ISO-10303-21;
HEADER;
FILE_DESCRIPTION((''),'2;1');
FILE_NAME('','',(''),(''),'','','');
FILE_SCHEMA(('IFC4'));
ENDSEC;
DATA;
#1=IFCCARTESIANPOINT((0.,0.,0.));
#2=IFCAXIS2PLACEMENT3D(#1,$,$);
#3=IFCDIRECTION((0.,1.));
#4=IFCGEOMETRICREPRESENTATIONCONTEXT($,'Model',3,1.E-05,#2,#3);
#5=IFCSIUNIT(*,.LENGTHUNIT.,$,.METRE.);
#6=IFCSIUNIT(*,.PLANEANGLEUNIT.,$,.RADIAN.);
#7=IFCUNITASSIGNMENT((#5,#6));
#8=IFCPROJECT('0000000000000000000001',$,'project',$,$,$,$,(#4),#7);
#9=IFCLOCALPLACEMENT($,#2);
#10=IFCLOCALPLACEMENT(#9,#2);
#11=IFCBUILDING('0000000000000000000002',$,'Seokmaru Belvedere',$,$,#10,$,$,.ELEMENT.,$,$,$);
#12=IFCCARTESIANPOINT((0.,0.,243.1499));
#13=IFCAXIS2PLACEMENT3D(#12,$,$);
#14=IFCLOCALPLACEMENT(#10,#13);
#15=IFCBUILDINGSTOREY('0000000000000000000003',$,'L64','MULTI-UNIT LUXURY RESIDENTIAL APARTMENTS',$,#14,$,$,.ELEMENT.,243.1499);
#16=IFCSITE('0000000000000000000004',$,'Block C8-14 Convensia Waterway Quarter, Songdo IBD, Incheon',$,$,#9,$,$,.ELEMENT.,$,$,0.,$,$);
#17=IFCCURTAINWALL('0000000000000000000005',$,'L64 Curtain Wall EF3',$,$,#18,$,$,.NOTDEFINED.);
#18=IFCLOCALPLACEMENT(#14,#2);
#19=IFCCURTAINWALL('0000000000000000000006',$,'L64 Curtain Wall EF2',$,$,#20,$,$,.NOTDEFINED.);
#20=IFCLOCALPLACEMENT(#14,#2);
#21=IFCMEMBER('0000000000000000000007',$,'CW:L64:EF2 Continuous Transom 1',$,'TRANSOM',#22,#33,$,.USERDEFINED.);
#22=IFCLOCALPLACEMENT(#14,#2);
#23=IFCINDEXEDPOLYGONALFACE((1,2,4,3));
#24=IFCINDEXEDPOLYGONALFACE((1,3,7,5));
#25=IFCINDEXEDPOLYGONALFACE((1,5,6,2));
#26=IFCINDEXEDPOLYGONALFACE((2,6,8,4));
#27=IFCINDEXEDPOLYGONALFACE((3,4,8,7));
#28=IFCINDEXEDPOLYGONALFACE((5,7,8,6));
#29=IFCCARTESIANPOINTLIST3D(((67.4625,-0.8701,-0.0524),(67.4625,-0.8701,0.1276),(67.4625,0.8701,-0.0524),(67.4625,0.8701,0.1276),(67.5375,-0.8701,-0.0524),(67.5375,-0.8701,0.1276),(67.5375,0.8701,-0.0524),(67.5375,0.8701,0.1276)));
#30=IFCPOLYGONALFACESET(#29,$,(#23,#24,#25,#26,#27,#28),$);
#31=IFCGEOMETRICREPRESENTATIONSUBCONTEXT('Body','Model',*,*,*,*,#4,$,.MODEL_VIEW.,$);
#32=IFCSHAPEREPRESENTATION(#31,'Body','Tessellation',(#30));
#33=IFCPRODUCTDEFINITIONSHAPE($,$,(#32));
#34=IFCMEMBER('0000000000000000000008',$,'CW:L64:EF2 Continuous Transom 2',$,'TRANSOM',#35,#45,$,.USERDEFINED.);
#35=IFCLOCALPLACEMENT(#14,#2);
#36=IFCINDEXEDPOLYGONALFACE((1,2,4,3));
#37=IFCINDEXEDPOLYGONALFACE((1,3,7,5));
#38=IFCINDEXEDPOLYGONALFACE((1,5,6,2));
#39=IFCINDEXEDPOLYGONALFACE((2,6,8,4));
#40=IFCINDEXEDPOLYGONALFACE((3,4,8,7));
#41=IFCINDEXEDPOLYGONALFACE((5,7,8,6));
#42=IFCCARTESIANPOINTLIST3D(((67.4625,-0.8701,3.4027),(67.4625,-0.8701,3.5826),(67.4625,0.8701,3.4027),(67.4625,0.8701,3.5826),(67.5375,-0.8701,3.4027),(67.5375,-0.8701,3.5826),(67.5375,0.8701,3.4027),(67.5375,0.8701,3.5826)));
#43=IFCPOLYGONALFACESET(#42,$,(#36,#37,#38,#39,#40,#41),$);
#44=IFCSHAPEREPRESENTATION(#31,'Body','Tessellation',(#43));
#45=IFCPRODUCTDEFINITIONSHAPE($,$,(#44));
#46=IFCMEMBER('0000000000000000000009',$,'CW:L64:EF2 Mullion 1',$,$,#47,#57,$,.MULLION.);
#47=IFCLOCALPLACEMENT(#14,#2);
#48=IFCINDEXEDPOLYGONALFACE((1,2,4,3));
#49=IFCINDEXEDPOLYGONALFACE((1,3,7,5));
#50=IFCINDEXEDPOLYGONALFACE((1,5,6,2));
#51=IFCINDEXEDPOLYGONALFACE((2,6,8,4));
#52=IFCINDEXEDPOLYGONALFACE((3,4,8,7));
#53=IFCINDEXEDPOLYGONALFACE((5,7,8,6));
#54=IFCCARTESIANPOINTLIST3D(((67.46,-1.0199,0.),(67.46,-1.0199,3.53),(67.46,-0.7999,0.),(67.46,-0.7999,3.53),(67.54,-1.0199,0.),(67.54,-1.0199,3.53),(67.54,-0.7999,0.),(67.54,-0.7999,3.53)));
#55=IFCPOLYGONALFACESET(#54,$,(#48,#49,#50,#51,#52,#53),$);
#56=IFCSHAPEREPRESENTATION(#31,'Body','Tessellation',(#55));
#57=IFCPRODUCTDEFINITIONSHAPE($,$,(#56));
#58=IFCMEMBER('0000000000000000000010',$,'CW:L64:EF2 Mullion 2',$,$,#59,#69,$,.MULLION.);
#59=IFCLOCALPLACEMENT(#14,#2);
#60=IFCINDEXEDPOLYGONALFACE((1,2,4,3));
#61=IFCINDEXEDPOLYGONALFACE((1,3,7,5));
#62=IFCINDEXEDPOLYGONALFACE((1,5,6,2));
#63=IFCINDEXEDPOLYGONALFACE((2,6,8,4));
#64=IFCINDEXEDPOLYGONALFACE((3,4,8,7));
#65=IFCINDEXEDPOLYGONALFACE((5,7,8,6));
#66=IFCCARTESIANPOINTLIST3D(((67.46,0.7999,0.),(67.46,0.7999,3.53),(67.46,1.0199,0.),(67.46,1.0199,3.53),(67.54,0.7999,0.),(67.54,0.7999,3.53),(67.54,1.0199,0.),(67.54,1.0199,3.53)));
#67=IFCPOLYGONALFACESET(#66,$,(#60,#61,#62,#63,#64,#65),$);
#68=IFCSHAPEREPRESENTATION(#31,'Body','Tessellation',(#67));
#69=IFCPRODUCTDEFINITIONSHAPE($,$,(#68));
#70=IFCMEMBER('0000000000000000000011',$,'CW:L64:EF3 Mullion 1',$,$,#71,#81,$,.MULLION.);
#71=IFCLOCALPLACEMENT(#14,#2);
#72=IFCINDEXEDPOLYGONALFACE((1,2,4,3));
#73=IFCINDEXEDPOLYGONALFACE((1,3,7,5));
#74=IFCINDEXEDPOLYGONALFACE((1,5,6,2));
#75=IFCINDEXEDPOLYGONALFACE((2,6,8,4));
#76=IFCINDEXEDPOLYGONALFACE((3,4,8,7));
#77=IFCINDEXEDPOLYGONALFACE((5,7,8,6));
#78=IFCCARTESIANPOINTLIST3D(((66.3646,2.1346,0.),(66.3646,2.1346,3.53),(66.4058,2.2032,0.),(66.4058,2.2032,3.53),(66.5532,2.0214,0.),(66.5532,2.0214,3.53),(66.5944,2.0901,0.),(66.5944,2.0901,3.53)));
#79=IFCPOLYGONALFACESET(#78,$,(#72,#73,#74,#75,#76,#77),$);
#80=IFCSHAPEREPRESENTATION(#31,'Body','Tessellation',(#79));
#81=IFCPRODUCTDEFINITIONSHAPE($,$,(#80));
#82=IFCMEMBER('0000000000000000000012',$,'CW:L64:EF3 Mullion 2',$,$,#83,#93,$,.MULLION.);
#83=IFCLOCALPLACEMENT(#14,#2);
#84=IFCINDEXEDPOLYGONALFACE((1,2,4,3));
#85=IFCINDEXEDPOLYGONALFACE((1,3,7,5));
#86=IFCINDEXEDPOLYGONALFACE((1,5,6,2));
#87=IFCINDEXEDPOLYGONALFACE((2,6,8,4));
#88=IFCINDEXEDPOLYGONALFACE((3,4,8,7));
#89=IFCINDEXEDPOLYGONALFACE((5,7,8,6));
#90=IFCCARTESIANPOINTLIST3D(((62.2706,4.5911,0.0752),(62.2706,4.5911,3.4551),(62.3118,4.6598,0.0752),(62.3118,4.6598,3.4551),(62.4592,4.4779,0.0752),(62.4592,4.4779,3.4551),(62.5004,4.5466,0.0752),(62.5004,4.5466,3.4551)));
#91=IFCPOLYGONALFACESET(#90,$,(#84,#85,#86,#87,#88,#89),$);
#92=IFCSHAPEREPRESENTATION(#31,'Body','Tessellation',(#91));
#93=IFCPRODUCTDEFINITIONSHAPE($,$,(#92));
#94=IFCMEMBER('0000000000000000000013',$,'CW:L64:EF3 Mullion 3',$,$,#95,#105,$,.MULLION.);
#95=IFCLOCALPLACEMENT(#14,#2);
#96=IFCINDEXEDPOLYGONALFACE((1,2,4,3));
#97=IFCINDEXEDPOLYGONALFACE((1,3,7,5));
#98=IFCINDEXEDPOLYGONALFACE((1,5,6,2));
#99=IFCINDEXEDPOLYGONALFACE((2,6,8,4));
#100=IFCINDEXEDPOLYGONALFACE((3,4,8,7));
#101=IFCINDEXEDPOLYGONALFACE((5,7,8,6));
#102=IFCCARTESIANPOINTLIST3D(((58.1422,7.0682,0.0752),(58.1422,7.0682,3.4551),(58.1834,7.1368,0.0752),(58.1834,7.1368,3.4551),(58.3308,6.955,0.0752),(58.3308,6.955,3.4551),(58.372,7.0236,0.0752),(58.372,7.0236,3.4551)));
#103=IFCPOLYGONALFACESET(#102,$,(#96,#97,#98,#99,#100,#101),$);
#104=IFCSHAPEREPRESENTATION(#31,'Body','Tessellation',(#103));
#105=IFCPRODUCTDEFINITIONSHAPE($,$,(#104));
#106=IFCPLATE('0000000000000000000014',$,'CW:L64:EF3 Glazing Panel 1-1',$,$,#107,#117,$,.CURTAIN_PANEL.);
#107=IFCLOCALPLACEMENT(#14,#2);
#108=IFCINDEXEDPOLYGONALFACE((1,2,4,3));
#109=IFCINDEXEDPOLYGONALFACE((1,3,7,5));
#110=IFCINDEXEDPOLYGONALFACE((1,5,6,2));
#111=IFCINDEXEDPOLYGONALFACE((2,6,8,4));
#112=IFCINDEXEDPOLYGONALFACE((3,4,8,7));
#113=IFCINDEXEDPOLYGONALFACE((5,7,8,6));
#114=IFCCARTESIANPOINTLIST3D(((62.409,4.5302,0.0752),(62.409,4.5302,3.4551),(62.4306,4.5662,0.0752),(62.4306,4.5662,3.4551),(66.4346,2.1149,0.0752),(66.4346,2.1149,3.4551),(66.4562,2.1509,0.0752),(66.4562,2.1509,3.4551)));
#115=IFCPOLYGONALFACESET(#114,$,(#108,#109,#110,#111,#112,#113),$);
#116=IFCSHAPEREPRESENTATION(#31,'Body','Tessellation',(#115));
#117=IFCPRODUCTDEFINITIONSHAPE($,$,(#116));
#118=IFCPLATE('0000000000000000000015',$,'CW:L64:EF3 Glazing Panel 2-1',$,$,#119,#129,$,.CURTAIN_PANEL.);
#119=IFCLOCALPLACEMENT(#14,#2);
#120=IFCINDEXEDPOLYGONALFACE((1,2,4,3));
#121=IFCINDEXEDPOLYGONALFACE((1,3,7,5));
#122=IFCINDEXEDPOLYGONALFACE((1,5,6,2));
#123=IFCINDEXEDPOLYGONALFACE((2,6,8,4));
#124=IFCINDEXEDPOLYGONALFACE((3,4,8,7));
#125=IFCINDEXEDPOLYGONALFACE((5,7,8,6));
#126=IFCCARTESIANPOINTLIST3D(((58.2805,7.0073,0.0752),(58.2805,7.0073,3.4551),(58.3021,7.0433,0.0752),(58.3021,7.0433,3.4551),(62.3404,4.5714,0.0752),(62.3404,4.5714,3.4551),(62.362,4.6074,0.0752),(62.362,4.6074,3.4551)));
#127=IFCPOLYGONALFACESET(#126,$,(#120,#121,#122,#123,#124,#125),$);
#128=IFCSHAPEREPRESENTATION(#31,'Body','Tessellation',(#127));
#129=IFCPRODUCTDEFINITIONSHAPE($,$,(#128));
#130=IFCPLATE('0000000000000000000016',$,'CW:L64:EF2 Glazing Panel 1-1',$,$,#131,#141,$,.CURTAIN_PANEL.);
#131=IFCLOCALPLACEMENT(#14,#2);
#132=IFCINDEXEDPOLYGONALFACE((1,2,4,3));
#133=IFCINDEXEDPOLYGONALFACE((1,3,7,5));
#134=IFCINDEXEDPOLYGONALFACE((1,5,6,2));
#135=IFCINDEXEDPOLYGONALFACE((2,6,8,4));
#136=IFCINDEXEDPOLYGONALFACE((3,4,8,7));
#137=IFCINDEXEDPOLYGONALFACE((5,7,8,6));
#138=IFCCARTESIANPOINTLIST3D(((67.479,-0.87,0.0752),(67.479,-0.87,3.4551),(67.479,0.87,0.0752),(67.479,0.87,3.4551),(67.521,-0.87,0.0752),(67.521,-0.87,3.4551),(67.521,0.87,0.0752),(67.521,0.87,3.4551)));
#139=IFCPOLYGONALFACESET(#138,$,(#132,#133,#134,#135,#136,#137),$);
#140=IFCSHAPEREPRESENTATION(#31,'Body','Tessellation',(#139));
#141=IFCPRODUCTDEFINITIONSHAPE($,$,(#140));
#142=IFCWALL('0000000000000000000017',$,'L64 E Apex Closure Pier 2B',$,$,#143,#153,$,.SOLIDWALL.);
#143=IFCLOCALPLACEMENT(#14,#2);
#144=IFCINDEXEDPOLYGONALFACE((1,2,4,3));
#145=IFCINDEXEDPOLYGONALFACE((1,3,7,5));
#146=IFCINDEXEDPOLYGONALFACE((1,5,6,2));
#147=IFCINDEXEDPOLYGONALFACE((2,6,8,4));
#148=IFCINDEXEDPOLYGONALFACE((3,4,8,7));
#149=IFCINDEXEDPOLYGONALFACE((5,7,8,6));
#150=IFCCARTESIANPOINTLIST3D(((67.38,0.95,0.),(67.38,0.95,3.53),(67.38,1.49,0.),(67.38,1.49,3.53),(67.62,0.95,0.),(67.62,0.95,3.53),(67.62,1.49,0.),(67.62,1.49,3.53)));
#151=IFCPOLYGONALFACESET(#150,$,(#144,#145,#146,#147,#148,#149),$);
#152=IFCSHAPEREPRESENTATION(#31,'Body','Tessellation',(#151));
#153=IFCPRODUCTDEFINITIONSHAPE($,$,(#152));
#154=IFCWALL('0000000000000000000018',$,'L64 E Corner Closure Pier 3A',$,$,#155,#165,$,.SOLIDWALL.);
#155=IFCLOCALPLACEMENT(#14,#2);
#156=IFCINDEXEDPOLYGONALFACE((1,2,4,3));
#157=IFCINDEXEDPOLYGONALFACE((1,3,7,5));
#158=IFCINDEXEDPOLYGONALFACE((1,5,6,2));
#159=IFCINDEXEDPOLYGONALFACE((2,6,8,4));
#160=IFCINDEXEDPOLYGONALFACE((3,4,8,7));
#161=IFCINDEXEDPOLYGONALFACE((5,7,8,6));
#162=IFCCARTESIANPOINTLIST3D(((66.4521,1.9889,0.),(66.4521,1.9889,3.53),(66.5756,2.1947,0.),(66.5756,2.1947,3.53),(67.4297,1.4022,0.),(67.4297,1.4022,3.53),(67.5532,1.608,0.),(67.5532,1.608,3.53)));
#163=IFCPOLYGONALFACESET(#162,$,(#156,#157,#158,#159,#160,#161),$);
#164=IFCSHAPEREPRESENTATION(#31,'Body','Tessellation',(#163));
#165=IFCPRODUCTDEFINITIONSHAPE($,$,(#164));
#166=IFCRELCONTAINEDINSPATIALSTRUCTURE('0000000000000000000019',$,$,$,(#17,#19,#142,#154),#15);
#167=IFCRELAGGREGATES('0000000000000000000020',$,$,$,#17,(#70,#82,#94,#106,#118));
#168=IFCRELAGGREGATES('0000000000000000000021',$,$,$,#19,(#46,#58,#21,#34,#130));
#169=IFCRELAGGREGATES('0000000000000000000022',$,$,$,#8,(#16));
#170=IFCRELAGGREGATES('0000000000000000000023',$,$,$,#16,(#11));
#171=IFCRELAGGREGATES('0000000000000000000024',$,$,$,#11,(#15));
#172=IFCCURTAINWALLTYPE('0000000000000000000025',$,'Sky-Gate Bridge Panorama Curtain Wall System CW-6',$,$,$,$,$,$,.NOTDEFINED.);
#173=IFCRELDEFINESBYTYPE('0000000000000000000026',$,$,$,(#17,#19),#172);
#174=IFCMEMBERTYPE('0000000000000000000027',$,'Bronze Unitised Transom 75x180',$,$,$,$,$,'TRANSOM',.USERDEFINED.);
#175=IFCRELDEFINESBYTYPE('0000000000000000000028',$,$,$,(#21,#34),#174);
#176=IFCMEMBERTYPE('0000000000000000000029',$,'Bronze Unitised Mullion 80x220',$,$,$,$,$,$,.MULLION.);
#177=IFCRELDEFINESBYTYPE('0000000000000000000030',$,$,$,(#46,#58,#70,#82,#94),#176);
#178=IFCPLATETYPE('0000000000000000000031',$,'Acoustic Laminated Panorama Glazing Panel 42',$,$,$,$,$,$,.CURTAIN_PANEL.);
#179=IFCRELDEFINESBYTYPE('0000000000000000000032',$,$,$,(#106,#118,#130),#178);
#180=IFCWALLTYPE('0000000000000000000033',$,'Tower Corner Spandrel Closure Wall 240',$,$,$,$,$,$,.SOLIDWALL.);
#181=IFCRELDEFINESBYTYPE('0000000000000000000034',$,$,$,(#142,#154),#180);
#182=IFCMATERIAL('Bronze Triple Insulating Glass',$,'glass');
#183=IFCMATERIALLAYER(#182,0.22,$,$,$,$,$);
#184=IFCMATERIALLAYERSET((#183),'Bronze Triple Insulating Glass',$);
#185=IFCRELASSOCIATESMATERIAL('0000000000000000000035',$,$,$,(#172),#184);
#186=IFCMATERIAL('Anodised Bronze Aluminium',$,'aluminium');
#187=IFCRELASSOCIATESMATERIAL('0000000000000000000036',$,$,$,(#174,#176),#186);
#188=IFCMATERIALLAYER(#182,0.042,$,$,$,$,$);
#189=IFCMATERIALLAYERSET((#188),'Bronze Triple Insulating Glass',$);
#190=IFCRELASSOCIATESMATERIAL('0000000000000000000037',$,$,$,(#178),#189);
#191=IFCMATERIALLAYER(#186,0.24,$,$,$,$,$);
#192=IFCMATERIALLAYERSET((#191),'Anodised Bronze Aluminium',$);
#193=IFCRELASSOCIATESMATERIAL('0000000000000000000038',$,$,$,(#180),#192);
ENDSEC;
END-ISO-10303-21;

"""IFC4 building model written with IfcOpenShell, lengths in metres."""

from ifc_helpers import new_model, si_unit, direction, frame, frame_2d, origin, origin_2d, place, context, subcontext, project, spatial, rectangle, extrude, source, transform, mapped, material, layer, layer_set, material_profile, profile_set, type_object, type_shapes, element, aggregate, save


model = new_model("IFC4")

# Units and contexts
model_context = context("Model", 3, precision=1e-05, world=origin(), true_north=direction((0.0, 1.0)))
body_context = subcontext(model_context, "Body", "Model", "MODEL_VIEW")
ifc_project = project(units=[si_unit("LENGTHUNIT", "METRE"), si_unit("PLANEANGLEUNIT", "RADIAN")], contexts=[model_context])

# Site, building, storey
site_placement = place(None, origin())
site = spatial("IfcSite", under=ifc_project, at=site_placement, Name="Block C8-14 Convensia Waterway Quarter, Songdo IBD, Incheon", CompositionType="ELEMENT", RefElevation=0.0)
building_placement = place(site_placement, origin())
building = spatial("IfcBuilding", under=site, at=building_placement, Name="Seokmaru Belvedere", CompositionType="ELEMENT")
storey_placement = place(building_placement, frame((0.0, 0.0, 243.1499)))
storey = spatial("IfcBuildingStorey", under=building, at=storey_placement, Name="L64", Description="MULTI-UNIT LUXURY RESIDENTIAL APARTMENTS", CompositionType="ELEMENT", Elevation=243.1499)

# Curtain walls, members
ifc_material_1 = material(Name="Bronze Triple Insulating Glass", Category="glass")
ifc_layer_1 = layer(ifc_material_1, 0.22)
ifc_layer_set_1 = layer_set([ifc_layer_1], Name="Bronze Triple Insulating Glass")
curtain_wall_type = type_object("IfcCurtainWallType", Name="Sky-Gate Bridge Panorama Curtain Wall System CW-6", PredefinedType="NOTDEFINED", material=ifc_layer_set_1)
curtain_wall_1_placement = place(storey_placement, origin())
curtain_wall_1 = element("IfcCurtainWall", 1, at=curtain_wall_1_placement, inside=storey, type_object=curtain_wall_type, Name="L64 Curtain Wall EF3", PredefinedType="NOTDEFINED")
ifc_material_2 = material(Name="Anodised Bronze Aluminium", Category="aluminium")
ifc_material_profile_1 = material_profile(ifc_material_2, rectangle(XDim=0.075, YDim=0.1799, at=origin_2d()), Name="CW-T-75x180")
ifc_profile_set_1 = profile_set([ifc_material_profile_1], Name="Anodised Bronze Aluminium")
member_type_1 = type_object("IfcMemberType", Name="Bronze Unitised Transom 75x180", ElementType="TRANSOM", PredefinedType="USERDEFINED", material=ifc_profile_set_1)
curtain_wall_2_placement = place(storey_placement, origin())
curtain_wall_2 = element("IfcCurtainWall", 2, at=curtain_wall_2_placement, inside=storey, type_object=curtain_wall_type, Name="L64 Curtain Wall EF2", PredefinedType="NOTDEFINED")
shared_shape_1 = source(origin(), body_context, "Body", "SweptSolid", [
    extrude(rectangle(XDim=0.075, YDim=0.1799, at=origin_2d()), origin(), (0.0, 0.0, 1.0), 1.7402),
])
member_1_placement = place(storey_placement, frame((67.5, -0.8701, 0.0376), z_axis=(0.0, 1.0, 0.0), x_axis=(-1.0, 0.0, 0.0)))
member_1 = element("IfcMember", 3, at=member_1_placement, type_object=member_type_1, Name="CW:L64:EF2 Continuous Transom 1", ObjectType="TRANSOM", PredefinedType="USERDEFINED", context=body_context, shape_type="MappedRepresentation", body=[
    mapped(shared_shape_1, transform((0.0, 0.0, 0.0), scale=1.0)),
])
member_2_placement = place(storey_placement, frame((67.5, -0.8701, 3.4927), z_axis=(0.0, 1.0, 0.0), x_axis=(-1.0, 0.0, 0.0)))
member_2 = element("IfcMember", 4, at=member_2_placement, type_object=member_type_1, Name="CW:L64:EF2 Continuous Transom 2", ObjectType="TRANSOM", PredefinedType="USERDEFINED", context=body_context, shape_type="MappedRepresentation", body=[
    mapped(shared_shape_1, transform((0.0, 0.0, 0.0), scale=1.0)),
])
ifc_material_profile_2 = material_profile(ifc_material_2, rectangle(XDim=0.0801, YDim=0.22, at=origin_2d()), Name="CW-M-80x220")
ifc_profile_set_2 = profile_set([ifc_material_profile_2], Name="Anodised Bronze Aluminium")
member_type_2 = type_object("IfcMemberType", Name="Bronze Unitised Mullion 80x220", PredefinedType="MULLION", material=ifc_profile_set_2)
shared_shape_2 = source(origin(), body_context, "Body", "SweptSolid", [
    extrude(rectangle(XDim=0.0801, YDim=0.22, at=origin_2d()), origin(), (0.0, 0.0, 1.0), 3.53),
])
member_3_placement = place(storey_placement, frame((67.5, -0.9099, 0.0), z_axis=(0.0, 0.0, 1.0), x_axis=(-1.0, 0.0, 0.0)))
member_3 = element("IfcMember", 5, at=member_3_placement, type_object=member_type_2, Name="CW:L64:EF2 Mullion 1", PredefinedType="MULLION", context=body_context, shape_type="MappedRepresentation", body=[
    mapped(shared_shape_2, transform((0.0, 0.0, 0.0), scale=1.0)),
])
member_4_placement = place(storey_placement, frame((67.5, 0.9099, 0.0), z_axis=(0.0, 0.0, 1.0), x_axis=(-1.0, 0.0, 0.0)))
member_4 = element("IfcMember", 6, at=member_4_placement, type_object=member_type_2, Name="CW:L64:EF2 Mullion 2", PredefinedType="MULLION", context=body_context, shape_type="MappedRepresentation", body=[
    mapped(shared_shape_2, transform((0.0, 0.0, 0.0), scale=1.0)),
])

# Members
member_5_placement = place(storey_placement, frame((66.4795, 2.1123, 0.0), z_axis=(0.0, 0.0, 1.0), x_axis=(-0.514495, -0.857493, 0.0)))
member_5 = element("IfcMember", 7, at=member_5_placement, type_object=member_type_2, Name="CW:L64:EF3 Mullion 1", PredefinedType="MULLION", context=body_context, shape_type="MappedRepresentation", body=[
    mapped(shared_shape_2, transform((0.0, 0.0, 0.0), scale=1.0)),
])
shared_shape_3 = source(origin(), body_context, "Body", "SweptSolid", [
    extrude(rectangle(XDim=0.0801, YDim=0.22, at=origin_2d()), origin(), (0.0, 0.0, 1.0), 3.3799),
])
type_shapes(member_type_2, [shared_shape_2, shared_shape_3])
member_6_placement = place(storey_placement, frame((62.3855, 4.5688, 0.0752), z_axis=(0.0, 0.0, 1.0), x_axis=(-0.514495, -0.857493, 0.0)))
member_6 = element("IfcMember", 8, at=member_6_placement, type_object=member_type_2, Name="CW:L64:EF3 Mullion 2", PredefinedType="MULLION", context=body_context, shape_type="MappedRepresentation", body=[
    mapped(shared_shape_3, transform((0.0, 0.0, 0.0), scale=1.0)),
])
member_7_placement = place(storey_placement, frame((58.2571, 7.0459, 0.0752), z_axis=(0.0, 0.0, 1.0), x_axis=(-0.514495, -0.857493, 0.0)))
member_7 = element("IfcMember", 9, at=member_7_placement, type_object=member_type_2, Name="CW:L64:EF3 Mullion 3", PredefinedType="MULLION", context=body_context, shape_type="MappedRepresentation", body=[
    mapped(shared_shape_3, transform((0.0, 0.0, 0.0), scale=1.0)),
])

# Plates
ifc_layer_2 = layer(ifc_material_1, 0.042)
ifc_layer_set_2 = layer_set([ifc_layer_2], Name="Bronze Triple Insulating Glass")
plate_type = type_object("IfcPlateType", Name="Acoustic Laminated Panorama Glazing Panel 42", PredefinedType="CURTAIN_PANEL", material=ifc_layer_set_2)
shared_shape_4 = source(origin(), body_context, "Body", "SweptSolid", [
    extrude(rectangle(XDim=4.6946, YDim=0.042, at=origin_2d()), origin(), (0.0, 0.0, 1.0), 3.3799),
])
plate_1_placement = place(storey_placement, frame((64.4326, 3.3406, 0.0752), z_axis=(0.0, 0.0, 1.0), x_axis=(-0.857493, 0.514495, 0.0)))
plate_1 = element("IfcPlate", 10, at=plate_1_placement, type_object=plate_type, Name="CW:L64:EF3 Glazing Panel 1-1", PredefinedType="CURTAIN_PANEL", context=body_context, shape_type="MappedRepresentation", body=[
    mapped(shared_shape_4, transform((0.0, 0.0, 0.0), scale=1.0)),
])
shared_shape_5 = source(origin(), body_context, "Body", "SweptSolid", [
    extrude(rectangle(XDim=4.7346, YDim=0.042, at=origin_2d()), origin(), (0.0, 0.0, 1.0), 3.3799),
])
plate_2_placement = place(storey_placement, frame((60.3213, 5.8074, 0.0752), z_axis=(0.0, 0.0, 1.0), x_axis=(-0.857493, 0.514495, 0.0)))
plate_2 = element("IfcPlate", 11, at=plate_2_placement, type_object=plate_type, Name="CW:L64:EF3 Glazing Panel 2-1", PredefinedType="CURTAIN_PANEL", context=body_context, shape_type="MappedRepresentation", body=[
    mapped(shared_shape_5, transform((0.0, 0.0, 0.0), scale=1.0)),
])
aggregate(curtain_wall_1, [member_5, member_6, member_7, plate_1, plate_2])
shared_shape_6 = source(origin(), body_context, "Body", "SweptSolid", [
    extrude(rectangle(XDim=1.74, YDim=0.042, at=origin_2d()), origin(), (0.0, 0.0, 1.0), 3.3799),
])
type_shapes(plate_type, [shared_shape_4, shared_shape_5, shared_shape_6])
plate_3_placement = place(storey_placement, frame((67.5, 0.0, 0.0752), z_axis=(0.0, 0.0, 1.0), x_axis=(0.0, 1.0, 0.0)))
plate_3 = element("IfcPlate", 12, at=plate_3_placement, type_object=plate_type, Name="CW:L64:EF2 Glazing Panel 1-1", PredefinedType="CURTAIN_PANEL", context=body_context, shape_type="MappedRepresentation", body=[
    mapped(shared_shape_6, transform((0.0, 0.0, 0.0), scale=1.0)),
])
aggregate(curtain_wall_2, [member_3, member_4, member_1, member_2, plate_3])

# Walls
ifc_layer_3 = layer(ifc_material_2, 0.24)
ifc_layer_set_3 = layer_set([ifc_layer_3], Name="Anodised Bronze Aluminium")
wall_type = type_object("IfcWallType", Name="Tower Corner Spandrel Closure Wall 240", PredefinedType="SOLIDWALL", material=ifc_layer_set_3)
wall_1_placement = place(storey_placement, frame((67.5, 0.95, 0.0), z_axis=(0.0, 0.0, 1.0), x_axis=(0.0, 1.0, 0.0)))
element("IfcWall", 13, at=wall_1_placement, inside=storey, type_object=wall_type, Name="L64 E Apex Closure Pier 2B", PredefinedType="SOLIDWALL", context=body_context, shape_type="SweptSolid", body=[
    extrude(rectangle(XDim=0.54, YDim=0.24, at=frame_2d((0.27, 0.0))), origin(), (0.0, 0.0, 1.0), 3.53),
])
wall_2_placement = place(storey_placement, frame((67.4915, 1.5051, 0.0), z_axis=(0.0, 0.0, 1.0), x_axis=(-0.857436, 0.51459, 0.0)))
element("IfcWall", 14, at=wall_2_placement, inside=storey, type_object=wall_type, Name="L64 E Corner Closure Pier 3A", PredefinedType="SOLIDWALL", context=body_context, shape_type="SweptSolid", body=[
    extrude(rectangle(XDim=1.1401, YDim=0.24, at=frame_2d((0.5701, 0.0))), origin(), (0.0, 0.0, 1.0), 3.53),
])

save(model, "model.ifc")
